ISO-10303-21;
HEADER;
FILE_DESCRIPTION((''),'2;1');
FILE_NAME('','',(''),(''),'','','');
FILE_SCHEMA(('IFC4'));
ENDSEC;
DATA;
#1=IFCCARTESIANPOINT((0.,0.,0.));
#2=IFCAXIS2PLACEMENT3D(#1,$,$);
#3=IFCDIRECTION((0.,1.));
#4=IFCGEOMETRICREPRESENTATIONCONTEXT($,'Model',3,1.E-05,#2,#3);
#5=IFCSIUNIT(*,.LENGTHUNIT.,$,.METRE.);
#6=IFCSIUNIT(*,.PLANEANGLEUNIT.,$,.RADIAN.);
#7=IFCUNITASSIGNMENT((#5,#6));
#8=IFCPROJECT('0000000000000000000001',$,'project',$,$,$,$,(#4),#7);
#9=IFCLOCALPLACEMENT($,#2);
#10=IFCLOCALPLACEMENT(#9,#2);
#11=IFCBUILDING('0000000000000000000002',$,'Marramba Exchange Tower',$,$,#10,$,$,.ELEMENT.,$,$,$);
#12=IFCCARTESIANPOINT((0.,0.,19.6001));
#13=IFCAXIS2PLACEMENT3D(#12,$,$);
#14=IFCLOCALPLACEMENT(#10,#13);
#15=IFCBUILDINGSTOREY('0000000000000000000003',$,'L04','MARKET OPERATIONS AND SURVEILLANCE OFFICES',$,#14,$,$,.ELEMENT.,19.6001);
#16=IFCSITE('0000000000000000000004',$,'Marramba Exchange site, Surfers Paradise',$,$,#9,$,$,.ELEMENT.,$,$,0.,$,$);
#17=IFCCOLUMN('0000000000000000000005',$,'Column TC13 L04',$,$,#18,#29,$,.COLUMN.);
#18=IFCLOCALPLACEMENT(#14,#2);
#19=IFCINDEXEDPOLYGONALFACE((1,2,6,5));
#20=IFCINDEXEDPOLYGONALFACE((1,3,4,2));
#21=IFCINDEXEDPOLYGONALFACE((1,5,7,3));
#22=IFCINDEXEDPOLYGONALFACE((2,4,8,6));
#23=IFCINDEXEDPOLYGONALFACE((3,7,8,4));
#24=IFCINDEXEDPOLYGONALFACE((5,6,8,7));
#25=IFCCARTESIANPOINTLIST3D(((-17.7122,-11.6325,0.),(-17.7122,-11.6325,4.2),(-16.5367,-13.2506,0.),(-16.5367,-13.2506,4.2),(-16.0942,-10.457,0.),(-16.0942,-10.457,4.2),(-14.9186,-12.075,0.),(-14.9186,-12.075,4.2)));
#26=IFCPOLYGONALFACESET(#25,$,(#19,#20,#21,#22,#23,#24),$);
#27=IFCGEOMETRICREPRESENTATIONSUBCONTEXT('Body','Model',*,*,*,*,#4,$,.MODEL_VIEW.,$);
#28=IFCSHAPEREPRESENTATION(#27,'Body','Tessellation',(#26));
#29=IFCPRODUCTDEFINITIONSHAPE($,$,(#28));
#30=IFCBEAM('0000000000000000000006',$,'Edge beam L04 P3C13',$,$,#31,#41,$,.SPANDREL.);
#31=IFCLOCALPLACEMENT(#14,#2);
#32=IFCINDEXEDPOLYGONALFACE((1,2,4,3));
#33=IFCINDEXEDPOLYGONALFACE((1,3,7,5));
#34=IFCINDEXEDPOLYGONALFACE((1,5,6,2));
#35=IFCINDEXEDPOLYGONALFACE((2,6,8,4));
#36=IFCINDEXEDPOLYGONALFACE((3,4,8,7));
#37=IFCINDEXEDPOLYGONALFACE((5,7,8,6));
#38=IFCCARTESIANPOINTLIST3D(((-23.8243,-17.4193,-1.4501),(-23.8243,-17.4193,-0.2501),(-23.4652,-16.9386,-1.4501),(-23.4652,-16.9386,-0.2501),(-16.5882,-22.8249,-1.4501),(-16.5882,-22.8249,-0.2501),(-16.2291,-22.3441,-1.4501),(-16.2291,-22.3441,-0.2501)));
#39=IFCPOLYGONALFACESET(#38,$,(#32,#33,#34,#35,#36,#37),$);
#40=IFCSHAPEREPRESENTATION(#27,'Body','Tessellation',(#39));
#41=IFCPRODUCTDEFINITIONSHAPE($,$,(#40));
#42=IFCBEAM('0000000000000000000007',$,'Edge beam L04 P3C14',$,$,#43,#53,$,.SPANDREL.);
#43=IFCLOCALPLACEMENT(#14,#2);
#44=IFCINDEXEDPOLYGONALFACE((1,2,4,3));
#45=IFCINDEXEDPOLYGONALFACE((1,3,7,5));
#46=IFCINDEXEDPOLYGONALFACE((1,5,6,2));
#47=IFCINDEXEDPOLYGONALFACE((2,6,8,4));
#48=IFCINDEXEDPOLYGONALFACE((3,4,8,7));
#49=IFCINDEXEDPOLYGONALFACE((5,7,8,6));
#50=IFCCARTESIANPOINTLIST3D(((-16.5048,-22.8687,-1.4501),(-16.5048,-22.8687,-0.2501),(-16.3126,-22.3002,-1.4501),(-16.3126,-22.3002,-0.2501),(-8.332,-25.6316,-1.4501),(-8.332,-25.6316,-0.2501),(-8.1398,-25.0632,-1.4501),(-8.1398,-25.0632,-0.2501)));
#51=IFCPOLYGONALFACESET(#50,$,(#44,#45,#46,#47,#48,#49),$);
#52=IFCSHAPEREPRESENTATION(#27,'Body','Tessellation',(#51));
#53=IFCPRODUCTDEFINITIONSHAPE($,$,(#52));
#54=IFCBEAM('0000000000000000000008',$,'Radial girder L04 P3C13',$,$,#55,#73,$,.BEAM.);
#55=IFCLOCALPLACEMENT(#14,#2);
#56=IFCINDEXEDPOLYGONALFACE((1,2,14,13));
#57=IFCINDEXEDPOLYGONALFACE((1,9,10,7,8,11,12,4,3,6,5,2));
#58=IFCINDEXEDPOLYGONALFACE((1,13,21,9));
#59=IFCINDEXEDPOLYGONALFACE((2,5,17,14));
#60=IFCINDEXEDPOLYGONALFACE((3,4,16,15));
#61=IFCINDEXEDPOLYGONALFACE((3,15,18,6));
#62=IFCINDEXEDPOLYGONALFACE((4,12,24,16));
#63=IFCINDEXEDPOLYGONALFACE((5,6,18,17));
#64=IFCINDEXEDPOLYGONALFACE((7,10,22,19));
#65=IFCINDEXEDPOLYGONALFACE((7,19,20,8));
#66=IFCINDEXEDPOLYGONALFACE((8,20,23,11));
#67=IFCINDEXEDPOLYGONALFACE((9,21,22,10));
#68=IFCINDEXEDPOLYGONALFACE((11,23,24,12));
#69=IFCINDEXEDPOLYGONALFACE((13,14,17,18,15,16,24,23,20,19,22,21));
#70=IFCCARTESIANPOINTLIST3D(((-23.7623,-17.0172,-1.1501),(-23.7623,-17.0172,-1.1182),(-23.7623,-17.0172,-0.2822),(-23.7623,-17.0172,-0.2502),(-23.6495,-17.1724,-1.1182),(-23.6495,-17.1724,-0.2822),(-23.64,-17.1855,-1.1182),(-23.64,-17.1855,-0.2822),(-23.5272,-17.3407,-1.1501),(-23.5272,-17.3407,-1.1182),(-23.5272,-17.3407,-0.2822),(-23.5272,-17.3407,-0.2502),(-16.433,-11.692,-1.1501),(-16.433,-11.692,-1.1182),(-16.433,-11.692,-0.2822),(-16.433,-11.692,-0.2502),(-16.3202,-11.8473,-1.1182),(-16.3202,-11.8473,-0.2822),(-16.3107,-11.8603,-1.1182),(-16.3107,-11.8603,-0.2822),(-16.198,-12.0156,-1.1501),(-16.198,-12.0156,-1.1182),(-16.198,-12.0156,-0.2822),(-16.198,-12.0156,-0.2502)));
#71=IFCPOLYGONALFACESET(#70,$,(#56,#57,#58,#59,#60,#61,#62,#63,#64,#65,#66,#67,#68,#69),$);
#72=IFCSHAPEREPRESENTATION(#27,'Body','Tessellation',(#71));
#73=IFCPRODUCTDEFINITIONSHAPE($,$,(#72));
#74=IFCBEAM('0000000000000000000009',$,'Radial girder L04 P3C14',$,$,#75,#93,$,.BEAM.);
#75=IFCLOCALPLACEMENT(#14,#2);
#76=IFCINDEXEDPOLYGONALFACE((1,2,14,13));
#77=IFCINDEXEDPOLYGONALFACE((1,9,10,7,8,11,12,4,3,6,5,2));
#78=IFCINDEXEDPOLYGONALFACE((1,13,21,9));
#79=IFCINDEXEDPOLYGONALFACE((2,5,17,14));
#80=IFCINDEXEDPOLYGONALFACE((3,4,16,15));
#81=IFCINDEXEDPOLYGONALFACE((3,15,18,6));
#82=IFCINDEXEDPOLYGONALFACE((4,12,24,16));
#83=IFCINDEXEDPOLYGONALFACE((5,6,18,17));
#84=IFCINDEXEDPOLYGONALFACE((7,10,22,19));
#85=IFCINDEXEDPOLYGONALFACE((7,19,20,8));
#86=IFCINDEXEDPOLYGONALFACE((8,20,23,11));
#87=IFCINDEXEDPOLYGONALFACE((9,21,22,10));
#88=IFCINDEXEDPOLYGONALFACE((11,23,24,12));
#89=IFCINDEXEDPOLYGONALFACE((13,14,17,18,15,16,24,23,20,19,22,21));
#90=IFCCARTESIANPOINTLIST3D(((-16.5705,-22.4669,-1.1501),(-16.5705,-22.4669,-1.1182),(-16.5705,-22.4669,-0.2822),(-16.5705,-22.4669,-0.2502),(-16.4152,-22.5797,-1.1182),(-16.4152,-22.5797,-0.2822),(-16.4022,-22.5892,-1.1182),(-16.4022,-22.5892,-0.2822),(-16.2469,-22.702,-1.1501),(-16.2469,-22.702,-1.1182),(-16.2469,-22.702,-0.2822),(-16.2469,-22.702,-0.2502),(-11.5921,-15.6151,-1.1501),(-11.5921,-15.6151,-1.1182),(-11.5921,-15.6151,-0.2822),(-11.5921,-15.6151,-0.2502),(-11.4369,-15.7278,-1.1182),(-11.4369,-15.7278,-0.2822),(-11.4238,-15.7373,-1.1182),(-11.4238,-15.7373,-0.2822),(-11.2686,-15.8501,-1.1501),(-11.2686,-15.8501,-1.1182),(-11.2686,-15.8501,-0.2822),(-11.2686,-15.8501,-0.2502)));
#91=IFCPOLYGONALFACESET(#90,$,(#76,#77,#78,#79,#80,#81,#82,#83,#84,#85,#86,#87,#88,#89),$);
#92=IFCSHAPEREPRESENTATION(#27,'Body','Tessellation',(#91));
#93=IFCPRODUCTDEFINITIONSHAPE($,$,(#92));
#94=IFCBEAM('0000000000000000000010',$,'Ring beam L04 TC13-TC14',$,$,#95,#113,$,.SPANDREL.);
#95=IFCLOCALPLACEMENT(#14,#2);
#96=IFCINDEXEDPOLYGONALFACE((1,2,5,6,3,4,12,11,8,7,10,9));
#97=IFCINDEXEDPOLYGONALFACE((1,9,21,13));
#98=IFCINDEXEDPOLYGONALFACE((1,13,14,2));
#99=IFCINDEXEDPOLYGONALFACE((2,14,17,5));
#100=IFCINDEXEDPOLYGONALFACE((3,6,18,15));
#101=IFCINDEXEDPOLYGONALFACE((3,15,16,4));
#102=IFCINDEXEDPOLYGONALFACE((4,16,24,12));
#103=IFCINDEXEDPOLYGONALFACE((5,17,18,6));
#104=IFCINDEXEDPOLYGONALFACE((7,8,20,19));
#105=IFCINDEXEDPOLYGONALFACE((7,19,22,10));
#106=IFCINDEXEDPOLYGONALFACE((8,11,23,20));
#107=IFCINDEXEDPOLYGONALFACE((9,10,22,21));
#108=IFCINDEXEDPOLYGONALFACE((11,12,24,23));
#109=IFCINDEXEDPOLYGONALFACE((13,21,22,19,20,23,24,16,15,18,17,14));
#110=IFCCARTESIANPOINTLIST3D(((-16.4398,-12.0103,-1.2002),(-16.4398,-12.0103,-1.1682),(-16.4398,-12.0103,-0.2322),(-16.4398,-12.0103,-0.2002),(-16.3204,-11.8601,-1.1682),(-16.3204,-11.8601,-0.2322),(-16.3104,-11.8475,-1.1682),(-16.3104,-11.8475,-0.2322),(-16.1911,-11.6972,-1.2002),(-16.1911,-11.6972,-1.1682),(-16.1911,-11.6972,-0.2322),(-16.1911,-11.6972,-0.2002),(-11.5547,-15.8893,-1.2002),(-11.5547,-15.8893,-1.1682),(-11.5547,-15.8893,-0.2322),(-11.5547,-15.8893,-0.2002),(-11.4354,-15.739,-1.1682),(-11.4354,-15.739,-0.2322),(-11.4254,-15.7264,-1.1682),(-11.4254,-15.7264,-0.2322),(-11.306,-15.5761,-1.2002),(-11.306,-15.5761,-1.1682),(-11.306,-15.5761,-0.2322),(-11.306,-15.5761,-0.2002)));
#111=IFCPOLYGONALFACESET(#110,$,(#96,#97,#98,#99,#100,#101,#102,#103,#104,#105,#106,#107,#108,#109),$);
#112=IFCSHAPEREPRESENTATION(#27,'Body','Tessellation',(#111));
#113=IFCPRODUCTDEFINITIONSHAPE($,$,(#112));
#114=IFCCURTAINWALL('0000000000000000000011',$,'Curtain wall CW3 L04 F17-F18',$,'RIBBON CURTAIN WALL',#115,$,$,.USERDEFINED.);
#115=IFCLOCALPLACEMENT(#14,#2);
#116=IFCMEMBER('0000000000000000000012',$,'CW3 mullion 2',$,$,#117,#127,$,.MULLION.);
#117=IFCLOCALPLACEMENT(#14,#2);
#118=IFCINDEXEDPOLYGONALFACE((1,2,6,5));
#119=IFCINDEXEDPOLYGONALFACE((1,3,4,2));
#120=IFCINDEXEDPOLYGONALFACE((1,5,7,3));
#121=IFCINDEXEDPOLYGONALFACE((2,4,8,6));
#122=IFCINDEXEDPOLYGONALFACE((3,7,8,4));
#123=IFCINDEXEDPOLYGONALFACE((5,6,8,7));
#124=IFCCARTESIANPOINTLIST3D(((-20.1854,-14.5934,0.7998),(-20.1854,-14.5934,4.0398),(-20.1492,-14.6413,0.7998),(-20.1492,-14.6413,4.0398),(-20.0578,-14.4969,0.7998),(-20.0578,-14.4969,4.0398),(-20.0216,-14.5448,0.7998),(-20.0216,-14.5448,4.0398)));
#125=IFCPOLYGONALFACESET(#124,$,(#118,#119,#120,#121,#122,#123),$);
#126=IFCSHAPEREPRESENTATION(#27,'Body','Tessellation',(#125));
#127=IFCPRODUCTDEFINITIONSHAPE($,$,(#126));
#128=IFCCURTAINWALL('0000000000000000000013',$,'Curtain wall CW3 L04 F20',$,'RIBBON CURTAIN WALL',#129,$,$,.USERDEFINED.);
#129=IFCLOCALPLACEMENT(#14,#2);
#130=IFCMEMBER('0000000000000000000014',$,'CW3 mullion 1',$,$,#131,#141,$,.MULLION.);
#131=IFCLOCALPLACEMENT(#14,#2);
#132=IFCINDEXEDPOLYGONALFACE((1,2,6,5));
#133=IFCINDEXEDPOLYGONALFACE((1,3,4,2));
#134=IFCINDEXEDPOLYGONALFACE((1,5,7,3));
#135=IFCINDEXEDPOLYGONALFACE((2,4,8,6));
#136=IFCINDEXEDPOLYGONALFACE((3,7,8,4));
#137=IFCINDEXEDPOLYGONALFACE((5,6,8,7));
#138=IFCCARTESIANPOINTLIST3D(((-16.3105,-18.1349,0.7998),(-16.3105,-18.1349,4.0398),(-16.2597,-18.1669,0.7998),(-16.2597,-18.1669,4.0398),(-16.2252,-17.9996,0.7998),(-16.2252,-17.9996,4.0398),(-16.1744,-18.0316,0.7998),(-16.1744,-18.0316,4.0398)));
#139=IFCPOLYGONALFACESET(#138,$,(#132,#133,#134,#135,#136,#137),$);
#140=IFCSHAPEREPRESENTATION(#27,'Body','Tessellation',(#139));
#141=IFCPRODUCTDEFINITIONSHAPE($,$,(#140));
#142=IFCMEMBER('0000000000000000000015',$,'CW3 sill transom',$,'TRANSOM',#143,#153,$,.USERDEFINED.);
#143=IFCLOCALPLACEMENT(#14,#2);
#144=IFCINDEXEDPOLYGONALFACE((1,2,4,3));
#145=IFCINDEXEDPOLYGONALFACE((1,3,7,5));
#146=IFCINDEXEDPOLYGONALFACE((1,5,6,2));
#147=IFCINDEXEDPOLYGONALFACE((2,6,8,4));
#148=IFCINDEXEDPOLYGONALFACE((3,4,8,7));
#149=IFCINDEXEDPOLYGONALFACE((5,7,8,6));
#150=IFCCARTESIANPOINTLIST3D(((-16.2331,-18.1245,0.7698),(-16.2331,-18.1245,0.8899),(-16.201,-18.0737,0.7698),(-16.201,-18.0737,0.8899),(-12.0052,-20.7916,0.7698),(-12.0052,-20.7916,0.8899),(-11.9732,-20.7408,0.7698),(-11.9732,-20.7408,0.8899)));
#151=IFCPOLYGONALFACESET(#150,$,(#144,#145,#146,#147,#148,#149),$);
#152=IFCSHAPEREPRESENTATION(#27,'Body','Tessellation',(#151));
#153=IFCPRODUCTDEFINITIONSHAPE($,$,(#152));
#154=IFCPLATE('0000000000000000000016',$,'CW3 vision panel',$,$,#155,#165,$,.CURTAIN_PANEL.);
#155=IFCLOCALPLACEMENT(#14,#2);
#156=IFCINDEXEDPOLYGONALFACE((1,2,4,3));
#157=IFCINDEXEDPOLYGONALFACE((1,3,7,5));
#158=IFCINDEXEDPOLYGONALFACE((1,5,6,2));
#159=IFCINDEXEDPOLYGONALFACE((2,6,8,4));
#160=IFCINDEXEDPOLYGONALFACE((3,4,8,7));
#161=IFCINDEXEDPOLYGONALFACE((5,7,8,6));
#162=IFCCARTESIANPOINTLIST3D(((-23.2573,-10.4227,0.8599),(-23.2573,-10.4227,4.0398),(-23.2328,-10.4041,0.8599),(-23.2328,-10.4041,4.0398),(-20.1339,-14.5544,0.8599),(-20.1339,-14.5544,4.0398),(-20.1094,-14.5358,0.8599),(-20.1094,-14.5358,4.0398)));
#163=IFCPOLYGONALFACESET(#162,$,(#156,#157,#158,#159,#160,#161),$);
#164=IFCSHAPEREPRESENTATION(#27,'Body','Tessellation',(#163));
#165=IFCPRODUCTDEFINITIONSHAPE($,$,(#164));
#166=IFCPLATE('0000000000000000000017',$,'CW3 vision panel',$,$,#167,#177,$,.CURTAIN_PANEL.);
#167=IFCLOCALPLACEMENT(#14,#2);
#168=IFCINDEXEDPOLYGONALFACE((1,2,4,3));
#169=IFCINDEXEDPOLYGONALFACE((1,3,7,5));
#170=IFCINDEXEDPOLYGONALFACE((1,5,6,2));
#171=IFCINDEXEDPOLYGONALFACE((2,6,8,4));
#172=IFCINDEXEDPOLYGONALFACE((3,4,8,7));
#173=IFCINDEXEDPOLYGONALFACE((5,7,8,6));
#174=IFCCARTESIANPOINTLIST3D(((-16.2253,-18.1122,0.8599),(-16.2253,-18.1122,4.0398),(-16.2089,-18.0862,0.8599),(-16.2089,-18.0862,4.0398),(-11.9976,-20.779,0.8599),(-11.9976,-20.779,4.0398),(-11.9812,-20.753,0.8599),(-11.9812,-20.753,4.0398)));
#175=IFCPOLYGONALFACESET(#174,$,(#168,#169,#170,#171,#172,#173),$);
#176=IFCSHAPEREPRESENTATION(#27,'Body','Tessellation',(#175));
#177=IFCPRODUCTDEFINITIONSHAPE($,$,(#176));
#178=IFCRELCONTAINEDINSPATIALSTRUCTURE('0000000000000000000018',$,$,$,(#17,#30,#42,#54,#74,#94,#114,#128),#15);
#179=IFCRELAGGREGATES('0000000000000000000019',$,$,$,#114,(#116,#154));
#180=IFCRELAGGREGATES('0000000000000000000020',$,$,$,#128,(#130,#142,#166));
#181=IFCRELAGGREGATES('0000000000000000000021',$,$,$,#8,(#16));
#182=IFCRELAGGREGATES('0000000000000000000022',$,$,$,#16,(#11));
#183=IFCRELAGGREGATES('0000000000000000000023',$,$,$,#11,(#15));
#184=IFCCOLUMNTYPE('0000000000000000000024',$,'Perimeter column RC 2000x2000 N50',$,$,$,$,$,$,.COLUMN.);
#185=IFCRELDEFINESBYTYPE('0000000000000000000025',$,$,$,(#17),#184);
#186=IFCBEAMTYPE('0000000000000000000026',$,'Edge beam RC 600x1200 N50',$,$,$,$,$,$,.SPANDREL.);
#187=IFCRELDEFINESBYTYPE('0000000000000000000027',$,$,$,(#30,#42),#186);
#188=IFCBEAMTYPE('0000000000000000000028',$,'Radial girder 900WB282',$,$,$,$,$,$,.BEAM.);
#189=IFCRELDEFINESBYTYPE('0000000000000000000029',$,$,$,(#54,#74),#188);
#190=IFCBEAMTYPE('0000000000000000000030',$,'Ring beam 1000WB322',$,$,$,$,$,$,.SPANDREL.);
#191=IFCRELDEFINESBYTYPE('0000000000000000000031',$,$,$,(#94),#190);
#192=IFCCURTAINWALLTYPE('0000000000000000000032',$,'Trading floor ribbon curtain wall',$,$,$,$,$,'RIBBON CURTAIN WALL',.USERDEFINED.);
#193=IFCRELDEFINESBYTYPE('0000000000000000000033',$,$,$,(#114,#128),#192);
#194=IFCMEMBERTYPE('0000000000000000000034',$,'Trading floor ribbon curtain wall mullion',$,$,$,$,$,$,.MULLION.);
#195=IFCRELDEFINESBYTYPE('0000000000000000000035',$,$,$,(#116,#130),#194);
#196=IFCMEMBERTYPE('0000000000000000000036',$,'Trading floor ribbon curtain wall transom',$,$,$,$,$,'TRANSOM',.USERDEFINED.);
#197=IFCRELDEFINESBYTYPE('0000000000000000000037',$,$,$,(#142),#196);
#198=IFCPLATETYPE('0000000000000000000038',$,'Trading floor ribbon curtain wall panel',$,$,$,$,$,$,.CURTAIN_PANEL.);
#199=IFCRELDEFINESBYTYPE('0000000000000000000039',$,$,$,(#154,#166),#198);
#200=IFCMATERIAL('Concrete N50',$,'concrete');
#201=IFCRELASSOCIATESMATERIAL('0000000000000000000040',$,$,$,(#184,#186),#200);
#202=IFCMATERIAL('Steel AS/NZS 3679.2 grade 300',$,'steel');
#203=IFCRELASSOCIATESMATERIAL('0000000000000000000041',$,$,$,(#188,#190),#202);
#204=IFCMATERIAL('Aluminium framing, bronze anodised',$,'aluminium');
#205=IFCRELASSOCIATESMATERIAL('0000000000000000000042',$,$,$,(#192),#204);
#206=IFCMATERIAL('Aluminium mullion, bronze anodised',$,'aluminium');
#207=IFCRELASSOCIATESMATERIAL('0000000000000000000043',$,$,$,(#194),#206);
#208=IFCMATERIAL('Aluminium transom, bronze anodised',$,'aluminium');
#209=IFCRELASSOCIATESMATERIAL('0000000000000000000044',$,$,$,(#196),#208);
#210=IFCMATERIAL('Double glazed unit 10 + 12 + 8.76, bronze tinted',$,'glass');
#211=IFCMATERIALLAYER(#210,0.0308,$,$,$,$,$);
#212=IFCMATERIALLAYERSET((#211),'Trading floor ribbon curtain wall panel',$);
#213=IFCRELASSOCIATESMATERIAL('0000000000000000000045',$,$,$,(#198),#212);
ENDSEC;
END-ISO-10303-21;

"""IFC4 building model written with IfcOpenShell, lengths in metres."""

from ifc_helpers import new_model, si_unit, direction, frame, origin, origin_2d, place, context, subcontext, project, spatial, rectangle, i_section, extrude, material, layer, layer_set, material_profile, profile_set, type_object, element, aggregate, save


model = new_model("IFC4")

# Units and contexts
model_context = context("Model", 3, precision=1e-05, world=origin(), true_north=direction((0.0, 1.0)))
body_context = subcontext(model_context, "Body", "Model", "MODEL_VIEW")
ifc_project = project(units=[si_unit("LENGTHUNIT", "METRE"), si_unit("PLANEANGLEUNIT", "RADIAN")], contexts=[model_context])

# Site, building, storey
site_placement = place(None, origin())
site = spatial("IfcSite", under=ifc_project, at=site_placement, Name="Marramba Exchange site, Surfers Paradise", CompositionType="ELEMENT", RefElevation=0.0)
building_placement = place(site_placement, origin())
building = spatial("IfcBuilding", under=site, at=building_placement, Name="Marramba Exchange Tower", CompositionType="ELEMENT")
storey_placement = place(building_placement, frame((0.0, 0.0, 19.6001)))
storey = spatial("IfcBuildingStorey", under=building, at=storey_placement, Name="L04", Description="MARKET OPERATIONS AND SURVEILLANCE OFFICES", CompositionType="ELEMENT", Elevation=19.6001)

# Column
ifc_material_1 = material(Name="Concrete N50", Category="concrete")
ifc_material_profile_1 = material_profile(ifc_material_1, rectangle(XDim=2.0, YDim=2.0, at=origin_2d()), Name="RC 2000x2000")
ifc_profile_set_1 = profile_set([ifc_material_profile_1], Name="Concrete N50")
column_type = type_object("IfcColumnType", Name="Perimeter column RC 2000x2000 N50", PredefinedType="COLUMN", material=ifc_profile_set_1)
column_placement = place(storey_placement, frame((-16.3154, -11.8538, 0.0), z_axis=(0.0, 0.0, 1.0), x_axis=(-0.809017, -0.587785, 0.0)))
element("IfcColumn", 1, at=column_placement, inside=storey, type_object=column_type, Name="Column TC13 L04", PredefinedType="COLUMN", context=body_context, shape_type="SweptSolid", body=[
    extrude(rectangle(XDim=2.0, YDim=2.0, at=origin_2d()), origin(), (0.0, 0.0, 1.0), 4.2),
])

# Beams
ifc_material_profile_2 = material_profile(ifc_material_1, rectangle(XDim=0.6001, YDim=1.2, at=origin_2d()), Name="RC 600x1200")
ifc_profile_set_2 = profile_set([ifc_material_profile_2], Name="Concrete N50")
beam_type_1 = type_object("IfcBeamType", Name="Edge beam RC 600x1200 N50", PredefinedType="SPANDREL", material=ifc_profile_set_2)
beam_1_placement = place(storey_placement, frame((-23.6448, -17.179, -0.8501), z_axis=(0.801144, -0.598472, 0.0), x_axis=(0.598472, 0.801144, 0.0)))
element("IfcBeam", 2, at=beam_1_placement, inside=storey, type_object=beam_type_1, Name="Edge beam L04 P3C13", PredefinedType="SPANDREL", context=body_context, shape_type="SweptSolid", body=[
    extrude(rectangle(XDim=0.6001, YDim=1.2, at=origin_2d()), origin(), (0.0, 0.0, 1.0), 9.0322),
])
beam_2_placement = place(storey_placement, frame((-16.4087, -22.5845, -0.8501), z_axis=(0.947331, -0.320257, 0.0), x_axis=(0.320257, 0.947331, 0.0)))
element("IfcBeam", 3, at=beam_2_placement, inside=storey, type_object=beam_type_1, Name="Edge beam L04 P3C14", PredefinedType="SPANDREL", context=body_context, shape_type="SweptSolid", body=[
    extrude(rectangle(XDim=0.6001, YDim=1.2, at=origin_2d()), origin(), (0.0, 0.0, 1.0), 8.6272),
])
ifc_material_2 = material(Name="Steel AS/NZS 3679.2 grade 300", Category="steel")
ifc_material_profile_3 = material_profile(ifc_material_2, i_section(OverallWidth=0.3999, OverallDepth=0.8999, WebThickness=0.0161, FlangeThickness=0.032, at=origin_2d()), Name="900WB282")
ifc_profile_set_3 = profile_set([ifc_material_profile_3], Name="Steel AS/NZS 3679.2 grade 300")
beam_type_2 = type_object("IfcBeamType", Name="Radial girder 900WB282", PredefinedType="BEAM", material=ifc_profile_set_3)
beam_3_placement = place(storey_placement, frame((-23.6448, -17.179, -0.7002), z_axis=(0.809011, 0.587793, 0.0), x_axis=(-0.587793, 0.809011, 0.0)))
element("IfcBeam", 4, at=beam_3_placement, inside=storey, type_object=beam_type_2, Name="Radial girder L04 P3C13", PredefinedType="BEAM", context=body_context, shape_type="SweptSolid", body=[
    extrude(i_section(OverallWidth=0.3999, OverallDepth=0.8999, WebThickness=0.0161, FlangeThickness=0.032, at=origin_2d()), origin(), (0.0, 0.0, 1.0), 9.0596),
])
beam_4_placement = place(storey_placement, frame((-16.4087, -22.5845, -0.7002), z_axis=(0.587796, 0.809009, 0.0), x_axis=(-0.809009, 0.587796, 0.0)))
element("IfcBeam", 5, at=beam_4_placement, inside=storey, type_object=beam_type_2, Name="Radial girder L04 P3C14", PredefinedType="BEAM", context=body_context, shape_type="SweptSolid", body=[
    extrude(i_section(OverallWidth=0.3999, OverallDepth=0.8999, WebThickness=0.0161, FlangeThickness=0.032, at=origin_2d()), origin(), (0.0, 0.0, 1.0), 8.4695),
])
ifc_material_profile_4 = material_profile(ifc_material_2, i_section(OverallWidth=0.3999, OverallDepth=1.0, WebThickness=0.0161, FlangeThickness=0.032, at=origin_2d()), Name="1000WB322")
ifc_profile_set_4 = profile_set([ifc_material_profile_4], Name="Steel AS/NZS 3679.2 grade 300")
beam_type_3 = type_object("IfcBeamType", Name="Ring beam 1000WB322", PredefinedType="SPANDREL", material=ifc_profile_set_4)
beam_5_placement = place(storey_placement, frame((-16.3154, -11.8538, -0.7002), z_axis=(0.783139, -0.621846, 0.0), x_axis=(0.621846, 0.783139, 0.0)))
element("IfcBeam", 6, at=beam_5_placement, inside=storey, type_object=beam_type_3, Name="Ring beam L04 TC13-TC14", PredefinedType="SPANDREL", context=body_context, shape_type="SweptSolid", body=[
    extrude(i_section(OverallWidth=0.3999, OverallDepth=1.0, WebThickness=0.0161, FlangeThickness=0.032, at=origin_2d()), origin(), (0.0, 0.0, 1.0), 6.2378),
])

# Curtain wall, member
ifc_material_3 = material(Name="Aluminium framing, bronze anodised", Category="aluminium")
curtain_wall_type = type_object("IfcCurtainWallType", Name="Trading floor ribbon curtain wall", ElementType="RIBBON CURTAIN WALL", PredefinedType="USERDEFINED", material=ifc_material_3)
curtain_wall_1_placement = place(storey_placement, origin())
curtain_wall_1 = element("IfcCurtainWall", 7, at=curtain_wall_1_placement, inside=storey, type_object=curtain_wall_type, Name="Curtain wall CW3 L04 F17-F18", ObjectType="RIBBON CURTAIN WALL", PredefinedType="USERDEFINED")
ifc_material_4 = material(Name="Aluminium mullion, bronze anodised", Category="aluminium")
ifc_material_profile_5 = material_profile(ifc_material_4, rectangle(XDim=0.1599, YDim=0.0601, at=origin_2d()), Name="CW3 mullion 60x160")
ifc_profile_set_5 = profile_set([ifc_material_profile_5], Name="Aluminium mullion, bronze anodised")
member_type_1 = type_object("IfcMemberType", Name="Trading floor ribbon curtain wall mullion", PredefinedType="MULLION", material=ifc_profile_set_5)
member_1_placement = place(storey_placement, frame((-20.1035, -14.5691, 0.7998), z_axis=(0.0, 0.0, 1.0), x_axis=(0.797711, 0.60304, 0.0)))
member_1 = element("IfcMember", 8, at=member_1_placement, type_object=member_type_1, Name="CW3 mullion 2", PredefinedType="MULLION", context=body_context, shape_type="SweptSolid", body=[
    extrude(rectangle(XDim=0.1599, YDim=0.0601, at=origin_2d()), origin(), (0.0, 0.0, 1.0), 3.24),
])

# Curtain wall, members
curtain_wall_2_placement = place(storey_placement, origin())
curtain_wall_2 = element("IfcCurtainWall", 9, at=curtain_wall_2_placement, inside=storey, type_object=curtain_wall_type, Name="Curtain wall CW3 L04 F20", ObjectType="RIBBON CURTAIN WALL", PredefinedType="USERDEFINED")
member_2_placement = place(storey_placement, frame((-16.2424, -18.0833, 0.7998), z_axis=(0.0, 0.0, 1.0), x_axis=(0.533515, 0.845791, 0.0)))
member_2 = element("IfcMember", 10, at=member_2_placement, type_object=member_type_1, Name="CW3 mullion 1", PredefinedType="MULLION", context=body_context, shape_type="SweptSolid", body=[
    extrude(rectangle(XDim=0.1599, YDim=0.0601, at=origin_2d()), origin(), (0.0, 0.0, 1.0), 3.24),
])
ifc_material_5 = material(Name="Aluminium transom, bronze anodised", Category="aluminium")
ifc_material_profile_6 = material_profile(ifc_material_5, rectangle(XDim=0.0601, YDim=0.1201, at=origin_2d()), Name="CW3 transom 60x120")
ifc_profile_set_6 = profile_set([ifc_material_profile_6], Name="Aluminium transom, bronze anodised")
member_type_2 = type_object("IfcMemberType", Name="Trading floor ribbon curtain wall transom", ElementType="TRANSOM", PredefinedType="USERDEFINED", material=ifc_profile_set_6)
member_3_placement = place(storey_placement, frame((-16.217, -18.0991, 0.8298), z_axis=(0.845777, -0.533537, 0.0), x_axis=(0.533537, 0.845777, 0.0)))
member_3 = element("IfcMember", 11, at=member_3_placement, type_object=member_type_2, Name="CW3 sill transom", ObjectType="TRANSOM", PredefinedType="USERDEFINED", context=body_context, shape_type="SweptSolid", body=[
    extrude(rectangle(XDim=0.0601, YDim=0.1201, at=origin_2d()), origin(), (0.0, 0.0, 1.0), 4.9988),
])

# Plates
ifc_material_6 = material(Name="Double glazed unit 10 + 12 + 8.76, bronze tinted", Category="glass")
ifc_layer_1 = layer(ifc_material_6, 0.0308)
ifc_layer_set_1 = layer_set([ifc_layer_1], Name="Trading floor ribbon curtain wall panel")
plate_type = type_object("IfcPlateType", Name="Trading floor ribbon curtain wall panel", PredefinedType="CURTAIN_PANEL", material=ifc_layer_set_1)
plate_1_placement = place(storey_placement, frame((-21.6833, -12.4792, 0.8599), z_axis=(0.0, 0.0, 1.0), x_axis=(0.60304, -0.797711, 0.0)))
plate_1 = element("IfcPlate", 12, at=plate_1_placement, type_object=plate_type, Name="CW3 vision panel", PredefinedType="CURTAIN_PANEL", context=body_context, shape_type="SweptSolid", body=[
    extrude(rectangle(XDim=5.1794, YDim=0.0308, at=origin_2d()), origin(), (0.0, 0.0, 1.0), 3.1799),
])
aggregate(curtain_wall_1, [member_1, plate_1])
plate_2_placement = place(storey_placement, frame((-14.1033, -19.4326, 0.8599), z_axis=(0.0, 0.0, 1.0), x_axis=(0.845791, -0.533515, 0.0)))
plate_2 = element("IfcPlate", 13, at=plate_2_placement, type_object=plate_type, Name="CW3 vision panel", PredefinedType="CURTAIN_PANEL", context=body_context, shape_type="SweptSolid", body=[
    extrude(rectangle(XDim=4.9985, YDim=0.0308, at=origin_2d()), origin(), (0.0, 0.0, 1.0), 3.1799),
])
aggregate(curtain_wall_2, [member_2, member_3, plate_2])

save(model, "model.ifc")
